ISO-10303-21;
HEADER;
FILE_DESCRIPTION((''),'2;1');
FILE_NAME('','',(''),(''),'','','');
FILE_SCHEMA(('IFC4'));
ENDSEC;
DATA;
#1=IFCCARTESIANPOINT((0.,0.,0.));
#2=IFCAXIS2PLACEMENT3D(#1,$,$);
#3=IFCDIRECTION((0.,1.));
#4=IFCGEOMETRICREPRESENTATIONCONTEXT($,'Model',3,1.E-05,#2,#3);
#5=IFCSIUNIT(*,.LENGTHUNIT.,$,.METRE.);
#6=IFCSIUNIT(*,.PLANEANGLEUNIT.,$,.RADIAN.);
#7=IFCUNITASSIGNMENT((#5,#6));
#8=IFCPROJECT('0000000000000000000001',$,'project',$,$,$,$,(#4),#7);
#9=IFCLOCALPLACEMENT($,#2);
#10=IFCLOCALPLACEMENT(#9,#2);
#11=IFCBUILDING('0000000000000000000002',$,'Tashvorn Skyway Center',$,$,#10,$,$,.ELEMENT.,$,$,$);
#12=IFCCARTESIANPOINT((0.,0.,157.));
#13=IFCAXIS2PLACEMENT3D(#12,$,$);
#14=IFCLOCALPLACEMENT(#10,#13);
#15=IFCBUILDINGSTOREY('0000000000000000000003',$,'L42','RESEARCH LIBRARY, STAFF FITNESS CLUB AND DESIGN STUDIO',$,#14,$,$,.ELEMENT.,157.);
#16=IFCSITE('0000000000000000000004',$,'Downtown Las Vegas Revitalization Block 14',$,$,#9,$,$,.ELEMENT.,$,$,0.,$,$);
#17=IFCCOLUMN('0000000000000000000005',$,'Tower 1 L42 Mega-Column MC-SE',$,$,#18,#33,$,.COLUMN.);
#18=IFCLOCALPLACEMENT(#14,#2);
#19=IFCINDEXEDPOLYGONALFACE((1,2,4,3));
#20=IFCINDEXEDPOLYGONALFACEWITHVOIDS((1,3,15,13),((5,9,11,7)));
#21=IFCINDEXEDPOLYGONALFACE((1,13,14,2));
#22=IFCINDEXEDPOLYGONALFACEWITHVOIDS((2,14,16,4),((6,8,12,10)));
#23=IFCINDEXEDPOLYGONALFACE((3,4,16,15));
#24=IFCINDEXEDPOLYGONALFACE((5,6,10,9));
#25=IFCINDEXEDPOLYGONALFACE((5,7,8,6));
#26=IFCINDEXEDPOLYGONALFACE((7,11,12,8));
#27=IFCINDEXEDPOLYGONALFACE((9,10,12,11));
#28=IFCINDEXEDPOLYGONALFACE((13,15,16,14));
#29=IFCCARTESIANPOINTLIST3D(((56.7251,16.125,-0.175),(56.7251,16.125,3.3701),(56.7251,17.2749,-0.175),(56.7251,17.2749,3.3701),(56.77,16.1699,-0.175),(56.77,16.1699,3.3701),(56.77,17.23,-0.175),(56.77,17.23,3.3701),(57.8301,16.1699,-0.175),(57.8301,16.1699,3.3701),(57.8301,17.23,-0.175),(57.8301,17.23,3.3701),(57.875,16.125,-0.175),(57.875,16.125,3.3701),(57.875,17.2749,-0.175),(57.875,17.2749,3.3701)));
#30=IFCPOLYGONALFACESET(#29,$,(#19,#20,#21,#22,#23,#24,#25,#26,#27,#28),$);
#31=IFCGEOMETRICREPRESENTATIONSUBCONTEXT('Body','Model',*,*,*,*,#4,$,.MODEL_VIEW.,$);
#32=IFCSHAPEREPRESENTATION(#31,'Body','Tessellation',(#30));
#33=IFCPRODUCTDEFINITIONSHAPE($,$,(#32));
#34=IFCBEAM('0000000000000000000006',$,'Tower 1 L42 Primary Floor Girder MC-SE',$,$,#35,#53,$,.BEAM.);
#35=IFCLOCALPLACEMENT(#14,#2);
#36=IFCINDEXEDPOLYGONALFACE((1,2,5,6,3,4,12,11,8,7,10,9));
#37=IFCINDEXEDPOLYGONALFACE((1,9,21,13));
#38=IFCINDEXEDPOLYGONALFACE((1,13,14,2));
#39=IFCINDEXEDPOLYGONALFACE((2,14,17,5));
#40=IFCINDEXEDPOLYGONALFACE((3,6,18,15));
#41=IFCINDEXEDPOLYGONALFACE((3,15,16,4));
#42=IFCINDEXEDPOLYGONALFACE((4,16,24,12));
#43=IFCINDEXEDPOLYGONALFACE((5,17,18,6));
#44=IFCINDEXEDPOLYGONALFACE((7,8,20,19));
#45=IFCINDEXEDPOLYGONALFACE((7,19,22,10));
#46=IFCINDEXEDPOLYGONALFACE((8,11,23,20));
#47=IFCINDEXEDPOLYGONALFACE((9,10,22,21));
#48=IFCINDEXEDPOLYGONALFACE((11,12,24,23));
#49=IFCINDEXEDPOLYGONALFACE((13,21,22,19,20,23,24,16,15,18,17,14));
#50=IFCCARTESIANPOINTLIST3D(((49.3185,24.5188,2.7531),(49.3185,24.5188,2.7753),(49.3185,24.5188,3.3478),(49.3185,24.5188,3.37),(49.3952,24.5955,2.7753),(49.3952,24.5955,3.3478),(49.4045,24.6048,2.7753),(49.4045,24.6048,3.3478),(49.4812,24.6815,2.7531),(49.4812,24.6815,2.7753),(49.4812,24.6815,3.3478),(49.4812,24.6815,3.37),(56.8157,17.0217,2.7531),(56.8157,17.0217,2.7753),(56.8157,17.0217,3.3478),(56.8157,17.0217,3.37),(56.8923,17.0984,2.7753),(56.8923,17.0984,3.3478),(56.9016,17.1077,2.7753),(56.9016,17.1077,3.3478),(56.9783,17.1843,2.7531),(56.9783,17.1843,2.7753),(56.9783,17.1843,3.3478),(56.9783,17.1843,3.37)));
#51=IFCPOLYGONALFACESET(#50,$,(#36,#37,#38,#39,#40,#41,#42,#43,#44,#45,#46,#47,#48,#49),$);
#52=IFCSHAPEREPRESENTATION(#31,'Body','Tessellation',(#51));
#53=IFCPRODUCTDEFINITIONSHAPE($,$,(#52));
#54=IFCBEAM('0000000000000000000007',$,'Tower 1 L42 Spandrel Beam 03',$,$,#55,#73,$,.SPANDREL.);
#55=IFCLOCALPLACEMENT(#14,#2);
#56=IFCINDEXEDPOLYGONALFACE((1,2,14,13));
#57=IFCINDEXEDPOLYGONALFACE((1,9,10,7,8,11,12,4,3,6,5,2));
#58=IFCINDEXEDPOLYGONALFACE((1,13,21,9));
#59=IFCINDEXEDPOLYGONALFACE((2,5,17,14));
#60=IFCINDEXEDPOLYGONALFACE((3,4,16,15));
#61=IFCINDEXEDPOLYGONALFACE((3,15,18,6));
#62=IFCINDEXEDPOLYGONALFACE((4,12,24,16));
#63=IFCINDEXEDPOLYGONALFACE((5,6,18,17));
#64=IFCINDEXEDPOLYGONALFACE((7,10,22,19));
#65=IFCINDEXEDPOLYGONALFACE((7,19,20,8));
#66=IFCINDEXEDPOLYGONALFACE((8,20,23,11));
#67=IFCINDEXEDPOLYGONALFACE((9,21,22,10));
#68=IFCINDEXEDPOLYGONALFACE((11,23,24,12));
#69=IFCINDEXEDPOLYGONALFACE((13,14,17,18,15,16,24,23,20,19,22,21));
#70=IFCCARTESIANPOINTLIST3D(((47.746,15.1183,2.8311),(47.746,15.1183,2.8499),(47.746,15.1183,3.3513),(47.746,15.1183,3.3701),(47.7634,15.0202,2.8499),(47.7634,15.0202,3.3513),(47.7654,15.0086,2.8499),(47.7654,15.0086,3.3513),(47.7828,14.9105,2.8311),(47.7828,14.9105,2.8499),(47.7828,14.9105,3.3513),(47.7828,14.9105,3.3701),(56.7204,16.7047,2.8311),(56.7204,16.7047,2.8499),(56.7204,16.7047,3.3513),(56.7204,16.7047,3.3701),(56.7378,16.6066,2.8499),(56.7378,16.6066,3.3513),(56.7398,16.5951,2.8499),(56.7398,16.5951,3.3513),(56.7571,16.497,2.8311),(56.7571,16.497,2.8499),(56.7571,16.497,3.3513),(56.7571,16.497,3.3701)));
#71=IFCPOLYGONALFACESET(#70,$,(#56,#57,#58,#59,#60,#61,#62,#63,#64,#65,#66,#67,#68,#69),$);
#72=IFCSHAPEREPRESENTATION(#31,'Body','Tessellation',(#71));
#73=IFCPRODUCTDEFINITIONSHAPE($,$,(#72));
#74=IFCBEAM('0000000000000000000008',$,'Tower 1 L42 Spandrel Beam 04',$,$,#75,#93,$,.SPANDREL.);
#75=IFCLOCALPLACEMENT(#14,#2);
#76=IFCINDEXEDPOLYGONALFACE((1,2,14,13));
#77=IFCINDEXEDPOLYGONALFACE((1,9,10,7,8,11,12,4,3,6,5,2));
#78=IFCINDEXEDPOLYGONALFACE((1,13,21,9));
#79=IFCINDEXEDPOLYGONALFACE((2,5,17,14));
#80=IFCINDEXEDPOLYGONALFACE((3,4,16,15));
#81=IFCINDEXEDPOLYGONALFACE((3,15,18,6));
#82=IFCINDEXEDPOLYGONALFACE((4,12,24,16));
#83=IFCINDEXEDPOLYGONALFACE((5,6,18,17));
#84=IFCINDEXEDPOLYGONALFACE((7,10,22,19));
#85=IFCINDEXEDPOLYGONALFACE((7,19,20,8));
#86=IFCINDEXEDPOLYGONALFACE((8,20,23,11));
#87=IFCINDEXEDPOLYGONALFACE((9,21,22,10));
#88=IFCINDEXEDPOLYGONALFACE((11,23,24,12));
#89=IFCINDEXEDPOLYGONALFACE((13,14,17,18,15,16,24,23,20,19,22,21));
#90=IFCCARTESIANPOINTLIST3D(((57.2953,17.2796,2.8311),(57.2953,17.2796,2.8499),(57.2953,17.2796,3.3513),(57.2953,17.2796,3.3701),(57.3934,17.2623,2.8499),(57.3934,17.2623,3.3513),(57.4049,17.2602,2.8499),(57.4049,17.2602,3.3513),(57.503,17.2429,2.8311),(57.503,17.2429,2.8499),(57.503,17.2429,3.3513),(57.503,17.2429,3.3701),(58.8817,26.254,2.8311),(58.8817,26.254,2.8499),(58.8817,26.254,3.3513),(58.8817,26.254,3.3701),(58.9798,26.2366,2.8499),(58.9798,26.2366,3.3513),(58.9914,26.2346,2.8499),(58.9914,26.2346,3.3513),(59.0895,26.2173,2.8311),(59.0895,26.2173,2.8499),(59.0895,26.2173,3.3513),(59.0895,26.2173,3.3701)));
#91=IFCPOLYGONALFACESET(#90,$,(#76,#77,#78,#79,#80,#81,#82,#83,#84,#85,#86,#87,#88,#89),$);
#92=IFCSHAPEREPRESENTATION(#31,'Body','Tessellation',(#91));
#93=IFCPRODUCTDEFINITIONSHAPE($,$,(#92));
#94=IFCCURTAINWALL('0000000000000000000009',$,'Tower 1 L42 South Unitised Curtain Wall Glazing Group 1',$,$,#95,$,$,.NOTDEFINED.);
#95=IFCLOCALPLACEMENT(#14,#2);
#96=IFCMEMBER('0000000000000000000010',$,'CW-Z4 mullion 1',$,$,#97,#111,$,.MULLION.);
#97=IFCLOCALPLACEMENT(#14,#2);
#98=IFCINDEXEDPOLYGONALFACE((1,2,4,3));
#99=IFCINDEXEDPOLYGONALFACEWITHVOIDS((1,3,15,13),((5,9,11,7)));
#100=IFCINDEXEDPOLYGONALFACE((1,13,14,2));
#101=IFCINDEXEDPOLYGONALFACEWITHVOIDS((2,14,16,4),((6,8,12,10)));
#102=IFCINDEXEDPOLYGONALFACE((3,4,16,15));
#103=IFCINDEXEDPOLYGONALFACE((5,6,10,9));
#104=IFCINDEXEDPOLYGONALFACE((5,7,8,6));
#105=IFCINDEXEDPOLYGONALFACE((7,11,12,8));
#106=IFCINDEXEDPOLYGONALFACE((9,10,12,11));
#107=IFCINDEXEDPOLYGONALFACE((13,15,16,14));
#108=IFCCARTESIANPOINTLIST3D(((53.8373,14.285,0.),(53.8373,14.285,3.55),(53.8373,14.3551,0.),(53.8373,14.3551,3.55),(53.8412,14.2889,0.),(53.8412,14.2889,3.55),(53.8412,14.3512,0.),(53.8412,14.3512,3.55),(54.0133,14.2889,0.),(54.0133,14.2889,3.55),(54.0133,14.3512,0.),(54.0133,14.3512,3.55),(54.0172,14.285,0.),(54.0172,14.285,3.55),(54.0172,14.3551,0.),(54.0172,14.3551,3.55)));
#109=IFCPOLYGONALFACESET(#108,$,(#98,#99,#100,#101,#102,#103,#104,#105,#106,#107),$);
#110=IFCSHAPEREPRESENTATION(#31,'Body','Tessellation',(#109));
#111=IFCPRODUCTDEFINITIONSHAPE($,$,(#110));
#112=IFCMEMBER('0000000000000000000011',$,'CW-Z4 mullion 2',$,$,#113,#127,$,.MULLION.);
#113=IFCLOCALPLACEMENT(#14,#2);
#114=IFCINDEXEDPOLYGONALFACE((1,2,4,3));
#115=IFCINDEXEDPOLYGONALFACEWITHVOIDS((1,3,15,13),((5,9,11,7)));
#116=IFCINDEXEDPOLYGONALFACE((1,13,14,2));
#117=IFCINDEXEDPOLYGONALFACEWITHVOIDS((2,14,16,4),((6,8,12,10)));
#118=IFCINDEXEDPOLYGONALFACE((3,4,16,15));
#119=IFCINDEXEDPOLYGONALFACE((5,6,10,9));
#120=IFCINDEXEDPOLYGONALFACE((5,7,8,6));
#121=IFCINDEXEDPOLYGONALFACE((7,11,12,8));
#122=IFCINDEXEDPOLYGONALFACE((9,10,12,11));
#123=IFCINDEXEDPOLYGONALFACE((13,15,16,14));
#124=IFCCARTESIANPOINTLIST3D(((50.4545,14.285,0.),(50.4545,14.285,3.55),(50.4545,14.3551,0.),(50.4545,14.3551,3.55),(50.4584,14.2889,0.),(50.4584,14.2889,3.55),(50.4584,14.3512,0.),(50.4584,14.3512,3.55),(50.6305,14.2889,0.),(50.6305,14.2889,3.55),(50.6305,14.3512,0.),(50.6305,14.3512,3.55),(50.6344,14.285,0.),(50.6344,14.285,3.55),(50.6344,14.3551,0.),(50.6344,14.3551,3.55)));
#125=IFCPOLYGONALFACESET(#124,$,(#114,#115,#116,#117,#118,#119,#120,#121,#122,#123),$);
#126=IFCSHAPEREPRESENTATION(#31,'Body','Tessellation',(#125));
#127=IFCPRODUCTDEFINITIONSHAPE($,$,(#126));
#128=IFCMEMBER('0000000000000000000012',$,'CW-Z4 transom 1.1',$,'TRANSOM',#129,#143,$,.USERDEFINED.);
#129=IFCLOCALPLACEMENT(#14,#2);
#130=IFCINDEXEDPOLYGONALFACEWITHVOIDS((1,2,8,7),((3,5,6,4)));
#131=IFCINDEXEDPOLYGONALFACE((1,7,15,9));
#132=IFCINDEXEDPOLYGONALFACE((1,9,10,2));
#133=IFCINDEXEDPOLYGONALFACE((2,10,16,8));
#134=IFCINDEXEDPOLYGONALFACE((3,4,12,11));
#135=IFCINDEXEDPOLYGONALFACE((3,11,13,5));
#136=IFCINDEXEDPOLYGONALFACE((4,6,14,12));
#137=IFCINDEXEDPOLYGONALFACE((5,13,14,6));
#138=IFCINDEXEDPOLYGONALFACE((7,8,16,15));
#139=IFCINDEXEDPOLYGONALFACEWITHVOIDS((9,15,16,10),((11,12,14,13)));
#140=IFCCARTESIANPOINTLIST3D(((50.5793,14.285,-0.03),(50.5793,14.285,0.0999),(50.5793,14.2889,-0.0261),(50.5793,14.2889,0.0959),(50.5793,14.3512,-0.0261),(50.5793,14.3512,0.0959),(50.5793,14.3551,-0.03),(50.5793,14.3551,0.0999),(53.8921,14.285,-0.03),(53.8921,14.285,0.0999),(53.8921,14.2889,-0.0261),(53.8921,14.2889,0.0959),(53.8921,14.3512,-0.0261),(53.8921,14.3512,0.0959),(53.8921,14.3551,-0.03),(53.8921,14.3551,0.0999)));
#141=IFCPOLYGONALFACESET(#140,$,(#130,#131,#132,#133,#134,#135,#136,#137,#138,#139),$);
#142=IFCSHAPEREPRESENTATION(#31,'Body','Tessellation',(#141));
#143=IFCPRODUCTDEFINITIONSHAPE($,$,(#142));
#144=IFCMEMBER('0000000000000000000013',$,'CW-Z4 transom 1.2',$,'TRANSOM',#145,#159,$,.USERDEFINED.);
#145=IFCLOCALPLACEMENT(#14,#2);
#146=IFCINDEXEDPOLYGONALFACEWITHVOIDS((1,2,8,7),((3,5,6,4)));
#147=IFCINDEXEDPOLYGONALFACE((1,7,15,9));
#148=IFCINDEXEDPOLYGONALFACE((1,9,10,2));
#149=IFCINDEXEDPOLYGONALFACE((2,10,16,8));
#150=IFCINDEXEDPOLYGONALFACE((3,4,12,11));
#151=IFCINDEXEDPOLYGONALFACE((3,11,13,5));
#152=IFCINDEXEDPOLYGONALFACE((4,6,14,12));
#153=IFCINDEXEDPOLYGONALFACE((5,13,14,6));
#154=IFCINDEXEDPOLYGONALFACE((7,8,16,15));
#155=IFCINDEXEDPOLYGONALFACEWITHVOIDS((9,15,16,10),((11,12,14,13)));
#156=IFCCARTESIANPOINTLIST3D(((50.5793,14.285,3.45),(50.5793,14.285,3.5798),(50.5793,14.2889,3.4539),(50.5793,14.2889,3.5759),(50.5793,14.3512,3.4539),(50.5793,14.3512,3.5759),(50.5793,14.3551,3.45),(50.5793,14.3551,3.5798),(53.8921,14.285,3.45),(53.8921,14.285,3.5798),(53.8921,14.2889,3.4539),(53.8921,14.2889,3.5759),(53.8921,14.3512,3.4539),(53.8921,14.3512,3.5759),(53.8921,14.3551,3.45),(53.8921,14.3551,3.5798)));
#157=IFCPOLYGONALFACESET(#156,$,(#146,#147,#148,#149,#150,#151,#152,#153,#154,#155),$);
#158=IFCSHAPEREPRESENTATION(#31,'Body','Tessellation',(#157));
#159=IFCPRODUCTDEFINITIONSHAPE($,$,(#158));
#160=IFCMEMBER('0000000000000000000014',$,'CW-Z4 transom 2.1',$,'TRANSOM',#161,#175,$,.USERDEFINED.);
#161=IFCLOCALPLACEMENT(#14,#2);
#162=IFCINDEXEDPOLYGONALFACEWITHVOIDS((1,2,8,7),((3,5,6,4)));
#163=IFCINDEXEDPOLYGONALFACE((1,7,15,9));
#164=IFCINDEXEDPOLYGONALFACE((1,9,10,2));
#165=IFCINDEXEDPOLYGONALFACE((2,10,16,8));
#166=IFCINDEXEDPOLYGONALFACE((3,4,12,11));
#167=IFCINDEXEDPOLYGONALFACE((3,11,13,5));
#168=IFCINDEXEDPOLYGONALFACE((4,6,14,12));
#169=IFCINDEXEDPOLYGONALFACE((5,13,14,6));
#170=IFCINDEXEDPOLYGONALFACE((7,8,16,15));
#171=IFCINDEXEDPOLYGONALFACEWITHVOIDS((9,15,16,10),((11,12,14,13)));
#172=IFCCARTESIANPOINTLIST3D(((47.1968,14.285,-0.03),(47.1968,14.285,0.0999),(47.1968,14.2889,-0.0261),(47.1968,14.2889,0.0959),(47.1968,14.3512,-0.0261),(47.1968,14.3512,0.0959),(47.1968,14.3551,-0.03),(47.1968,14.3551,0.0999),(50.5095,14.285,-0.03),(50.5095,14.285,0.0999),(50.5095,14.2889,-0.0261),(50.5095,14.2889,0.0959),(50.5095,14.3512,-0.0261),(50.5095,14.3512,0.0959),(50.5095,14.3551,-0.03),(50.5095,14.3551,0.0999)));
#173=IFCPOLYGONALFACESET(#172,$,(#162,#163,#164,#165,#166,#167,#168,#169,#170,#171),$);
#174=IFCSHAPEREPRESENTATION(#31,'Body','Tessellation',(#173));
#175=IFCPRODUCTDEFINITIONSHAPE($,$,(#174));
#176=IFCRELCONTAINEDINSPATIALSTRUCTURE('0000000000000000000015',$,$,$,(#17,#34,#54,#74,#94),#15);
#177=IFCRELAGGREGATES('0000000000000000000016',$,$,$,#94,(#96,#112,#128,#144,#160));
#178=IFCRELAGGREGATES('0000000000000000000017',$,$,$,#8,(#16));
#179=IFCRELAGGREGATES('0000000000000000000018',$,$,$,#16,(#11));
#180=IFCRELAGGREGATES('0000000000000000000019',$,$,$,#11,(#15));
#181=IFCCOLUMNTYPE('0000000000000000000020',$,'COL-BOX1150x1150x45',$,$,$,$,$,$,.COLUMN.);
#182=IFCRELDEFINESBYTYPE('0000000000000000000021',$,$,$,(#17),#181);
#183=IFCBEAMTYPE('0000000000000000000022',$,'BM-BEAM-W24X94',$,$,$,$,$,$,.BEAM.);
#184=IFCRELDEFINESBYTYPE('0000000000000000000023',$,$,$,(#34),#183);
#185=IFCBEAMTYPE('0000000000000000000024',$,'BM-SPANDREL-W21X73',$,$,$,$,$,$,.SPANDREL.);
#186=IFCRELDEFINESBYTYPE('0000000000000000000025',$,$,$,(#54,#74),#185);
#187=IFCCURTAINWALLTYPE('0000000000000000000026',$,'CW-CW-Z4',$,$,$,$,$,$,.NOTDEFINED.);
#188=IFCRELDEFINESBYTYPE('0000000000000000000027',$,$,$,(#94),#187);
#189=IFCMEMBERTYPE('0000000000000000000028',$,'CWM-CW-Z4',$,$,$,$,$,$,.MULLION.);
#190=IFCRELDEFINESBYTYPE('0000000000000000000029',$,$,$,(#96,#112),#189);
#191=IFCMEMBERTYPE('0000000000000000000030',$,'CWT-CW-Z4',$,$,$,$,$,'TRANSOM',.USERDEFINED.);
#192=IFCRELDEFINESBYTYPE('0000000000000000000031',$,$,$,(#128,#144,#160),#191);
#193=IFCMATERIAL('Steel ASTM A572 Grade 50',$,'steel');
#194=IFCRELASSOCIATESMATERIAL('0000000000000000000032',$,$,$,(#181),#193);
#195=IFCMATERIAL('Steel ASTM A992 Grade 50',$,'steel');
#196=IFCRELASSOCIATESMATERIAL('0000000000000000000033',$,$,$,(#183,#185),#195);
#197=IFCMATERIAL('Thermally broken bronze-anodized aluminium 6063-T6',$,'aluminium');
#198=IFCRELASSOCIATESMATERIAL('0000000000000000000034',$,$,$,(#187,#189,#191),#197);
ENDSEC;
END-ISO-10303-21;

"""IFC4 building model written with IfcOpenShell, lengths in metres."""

from ifc_helpers import new_model, si_unit, direction, frame, origin, origin_2d, place, context, subcontext, project, spatial, hollow_rectangle, i_section, extrude, material, material_profile, profile_set, type_object, element, aggregate, save


model = new_model("IFC4")

# Units and contexts
model_context = context("Model", 3, precision=1e-05, world=origin(), true_north=direction((0.0, 1.0)))
body_context = subcontext(model_context, "Body", "Model", "MODEL_VIEW")
ifc_project = project(units=[si_unit("LENGTHUNIT", "METRE"), si_unit("PLANEANGLEUNIT", "RADIAN")], contexts=[model_context])

# Site, building, storey
site_placement = place(None, origin())
site = spatial("IfcSite", under=ifc_project, at=site_placement, Name="Downtown Las Vegas Revitalization Block 14", CompositionType="ELEMENT", RefElevation=0.0)
building_placement = place(site_placement, origin())
building = spatial("IfcBuilding", under=site, at=building_placement, Name="Tashvorn Skyway Center", CompositionType="ELEMENT")
storey_placement = place(building_placement, frame((0.0, 0.0, 157.0)))
storey = spatial("IfcBuildingStorey", under=building, at=storey_placement, Name="L42", Description="RESEARCH LIBRARY, STAFF FITNESS CLUB AND DESIGN STUDIO", CompositionType="ELEMENT", Elevation=157.0)

# Column
ifc_material_1 = material(Name="Steel ASTM A572 Grade 50", Category="steel")
ifc_material_profile_1 = material_profile(ifc_material_1, hollow_rectangle(XDim=1.1499, YDim=1.1499, WallThickness=0.0449, at=origin_2d()), Name="BOX1150x1150x45")
ifc_profile_set_1 = profile_set([ifc_material_profile_1], Name="Steel ASTM A572 Grade 50")
column_type = type_object("IfcColumnType", Name="COL-BOX1150x1150x45", PredefinedType="COLUMN", material=ifc_profile_set_1)
column_placement = place(storey_placement, frame((57.3, 16.7, -0.175), z_axis=(0.0, 0.0, 1.0), x_axis=(1.0, 0.0, 0.0)))
element("IfcColumn", 1, at=column_placement, inside=storey, type_object=column_type, Name="Tower 1 L42 Mega-Column MC-SE", PredefinedType="COLUMN", context=body_context, shape_type="SweptSolid", body=[
    extrude(hollow_rectangle(XDim=1.1499, YDim=1.1499, WallThickness=0.0449, at=origin_2d()), origin(), (0.0, 0.0, 1.0), 3.5452),
])

# Beams
ifc_material_2 = material(Name="Steel ASTM A992 Grade 50", Category="steel")
ifc_material_profile_2 = material_profile(ifc_material_2, i_section(OverallWidth=0.23, OverallDepth=0.6169, WebThickness=0.0132, FlangeThickness=0.0222, at=origin_2d()), Name="W24X94")
ifc_profile_set_2 = profile_set([ifc_material_profile_2], Name="Steel ASTM A992 Grade 50")
beam_type_1 = type_object("IfcBeamType", Name="BM-BEAM-W24X94", PredefinedType="BEAM", material=ifc_profile_set_2)
beam_placement = place(storey_placement, frame((56.897, 17.103, 3.0615), z_axis=(-0.707107, 0.707107, 0.0), x_axis=(-0.707107, -0.707107, 0.0)))
element("IfcBeam", 2, at=beam_placement, inside=storey, type_object=beam_type_1, Name="Tower 1 L42 Primary Floor Girder MC-SE", PredefinedType="BEAM", context=body_context, shape_type="SweptSolid", body=[
    extrude(i_section(OverallWidth=0.23, OverallDepth=0.6169, WebThickness=0.0132, FlangeThickness=0.0222, at=origin_2d()), origin(), (0.0, 0.0, 1.0), 10.6025),
])
ifc_material_profile_3 = material_profile(ifc_material_2, i_section(OverallWidth=0.2109, OverallDepth=0.5391, WebThickness=0.0117, FlangeThickness=0.0188, at=origin_2d()), Name="W21X73")
ifc_profile_set_3 = profile_set([ifc_material_profile_3], Name="Steel ASTM A992 Grade 50")
beam_type_2 = type_object("IfcBeamType", Name="BM-SPANDREL-W21X73", PredefinedType="SPANDREL", material=ifc_profile_set_3)
for number, where, z_axis, x_axis, name in (
    (3, (47.7644, 15.0144, 3.1006), (0.984733, 0.174074, 0.0), (-0.174074, 0.984733, 0.0), "Tower 1 L42 Spandrel Beam 03"),
    (4, (57.3992, 17.2612, 3.1006), (0.174074, 0.984733, 0.0), (-0.984733, 0.174074, 0.0), "Tower 1 L42 Spandrel Beam 04"),
):
    element("IfcBeam", number, at=place(storey_placement, frame(where, z_axis=z_axis, x_axis=x_axis)), inside=storey, type_object=beam_type_2, Name=name, PredefinedType="SPANDREL", context=body_context, shape_type="SweptSolid", body=[
        extrude(i_section(OverallWidth=0.2109, OverallDepth=0.5391, WebThickness=0.0117, FlangeThickness=0.0188, at=origin_2d()), origin(), (0.0, 0.0, 1.0), 9.1135),
    ])

# Curtain wall, members
ifc_material_3 = material(Name="Thermally broken bronze-anodized aluminium 6063-T6", Category="aluminium")
curtain_wall_type = type_object("IfcCurtainWallType", Name="CW-CW-Z4", PredefinedType="NOTDEFINED", material=ifc_material_3)
curtain_wall_placement = place(storey_placement, origin())
curtain_wall = element("IfcCurtainWall", 5, at=curtain_wall_placement, inside=storey, type_object=curtain_wall_type, Name="Tower 1 L42 South Unitised Curtain Wall Glazing Group 1", PredefinedType="NOTDEFINED")
ifc_material_profile_4 = material_profile(ifc_material_3, hollow_rectangle(XDim=0.0701, YDim=0.1799, WallThickness=0.0039, at=origin_2d()), Name="ALU-MULL-70x180")
ifc_profile_set_4 = profile_set([ifc_material_profile_4], Name="Thermally broken bronze-anodized aluminium 6063-T6")
member_type_1 = type_object("IfcMemberType", Name="CWM-CW-Z4", PredefinedType="MULLION", material=ifc_profile_set_4)
member_1_placement = place(storey_placement, frame((53.9272, 14.3201, 0.0), z_axis=(0.0, 0.0, 1.0), x_axis=(0.0, -1.0, 0.0)))
member_1 = element("IfcMember", 6, at=member_1_placement, type_object=member_type_1, Name="CW-Z4 mullion 1", PredefinedType="MULLION", context=body_context, shape_type="SweptSolid", body=[
    extrude(hollow_rectangle(XDim=0.0701, YDim=0.1799, WallThickness=0.0039, at=origin_2d()), origin(), (0.0, 0.0, 1.0), 3.55),
])
member_2_placement = place(storey_placement, frame((50.5444, 14.3201, 0.0), z_axis=(0.0, 0.0, 1.0), x_axis=(0.0, -1.0, 0.0)))
member_2 = element("IfcMember", 7, at=member_2_placement, type_object=member_type_1, Name="CW-Z4 mullion 2", PredefinedType="MULLION", context=body_context, shape_type="SweptSolid", body=[
    extrude(hollow_rectangle(XDim=0.0701, YDim=0.1799, WallThickness=0.0039, at=origin_2d()), origin(), (0.0, 0.0, 1.0), 3.55),
])
ifc_material_profile_5 = material_profile(ifc_material_3, hollow_rectangle(XDim=0.0701, YDim=0.1299, WallThickness=0.0039, at=origin_2d()), Name="ALU-TRAN-70x130")
ifc_profile_set_5 = profile_set([ifc_material_profile_5], Name="Thermally broken bronze-anodized aluminium 6063-T6")
member_type_2 = type_object("IfcMemberType", Name="CWT-CW-Z4", ElementType="TRANSOM", PredefinedType="USERDEFINED", material=ifc_profile_set_5)
member_3_placement = place(storey_placement, frame((53.8921, 14.3201, 0.0349), z_axis=(-1.0, 0.0, 0.0), x_axis=(0.0, -1.0, 0.0)))
member_3 = element("IfcMember", 8, at=member_3_placement, type_object=member_type_2, Name="CW-Z4 transom 1.1", ObjectType="TRANSOM", PredefinedType="USERDEFINED", context=body_context, shape_type="SweptSolid", body=[
    extrude(hollow_rectangle(XDim=0.0701, YDim=0.1299, WallThickness=0.0039, at=origin_2d()), origin(), (0.0, 0.0, 1.0), 3.3127),
])
member_4_placement = place(storey_placement, frame((53.8921, 14.3201, 3.5149), z_axis=(-1.0, 0.0, 0.0), x_axis=(0.0, -1.0, 0.0)))
member_4 = element("IfcMember", 9, at=member_4_placement, type_object=member_type_2, Name="CW-Z4 transom 1.2", ObjectType="TRANSOM", PredefinedType="USERDEFINED", context=body_context, shape_type="SweptSolid", body=[
    extrude(hollow_rectangle(XDim=0.0701, YDim=0.1299, WallThickness=0.0039, at=origin_2d()), origin(), (0.0, 0.0, 1.0), 3.3127),
])
member_5_placement = place(storey_placement, frame((50.5095, 14.3201, 0.0349), z_axis=(-1.0, 0.0, 0.0), x_axis=(0.0, -1.0, 0.0)))
member_5 = element("IfcMember", 10, at=member_5_placement, type_object=member_type_2, Name="CW-Z4 transom 2.1", ObjectType="TRANSOM", PredefinedType="USERDEFINED", context=body_context, shape_type="SweptSolid", body=[
    extrude(hollow_rectangle(XDim=0.0701, YDim=0.1299, WallThickness=0.0039, at=origin_2d()), origin(), (0.0, 0.0, 1.0), 3.3127),
])

aggregate(curtain_wall, [member_1, member_2, member_3, member_4, member_5])

save(model, "model.ifc")
